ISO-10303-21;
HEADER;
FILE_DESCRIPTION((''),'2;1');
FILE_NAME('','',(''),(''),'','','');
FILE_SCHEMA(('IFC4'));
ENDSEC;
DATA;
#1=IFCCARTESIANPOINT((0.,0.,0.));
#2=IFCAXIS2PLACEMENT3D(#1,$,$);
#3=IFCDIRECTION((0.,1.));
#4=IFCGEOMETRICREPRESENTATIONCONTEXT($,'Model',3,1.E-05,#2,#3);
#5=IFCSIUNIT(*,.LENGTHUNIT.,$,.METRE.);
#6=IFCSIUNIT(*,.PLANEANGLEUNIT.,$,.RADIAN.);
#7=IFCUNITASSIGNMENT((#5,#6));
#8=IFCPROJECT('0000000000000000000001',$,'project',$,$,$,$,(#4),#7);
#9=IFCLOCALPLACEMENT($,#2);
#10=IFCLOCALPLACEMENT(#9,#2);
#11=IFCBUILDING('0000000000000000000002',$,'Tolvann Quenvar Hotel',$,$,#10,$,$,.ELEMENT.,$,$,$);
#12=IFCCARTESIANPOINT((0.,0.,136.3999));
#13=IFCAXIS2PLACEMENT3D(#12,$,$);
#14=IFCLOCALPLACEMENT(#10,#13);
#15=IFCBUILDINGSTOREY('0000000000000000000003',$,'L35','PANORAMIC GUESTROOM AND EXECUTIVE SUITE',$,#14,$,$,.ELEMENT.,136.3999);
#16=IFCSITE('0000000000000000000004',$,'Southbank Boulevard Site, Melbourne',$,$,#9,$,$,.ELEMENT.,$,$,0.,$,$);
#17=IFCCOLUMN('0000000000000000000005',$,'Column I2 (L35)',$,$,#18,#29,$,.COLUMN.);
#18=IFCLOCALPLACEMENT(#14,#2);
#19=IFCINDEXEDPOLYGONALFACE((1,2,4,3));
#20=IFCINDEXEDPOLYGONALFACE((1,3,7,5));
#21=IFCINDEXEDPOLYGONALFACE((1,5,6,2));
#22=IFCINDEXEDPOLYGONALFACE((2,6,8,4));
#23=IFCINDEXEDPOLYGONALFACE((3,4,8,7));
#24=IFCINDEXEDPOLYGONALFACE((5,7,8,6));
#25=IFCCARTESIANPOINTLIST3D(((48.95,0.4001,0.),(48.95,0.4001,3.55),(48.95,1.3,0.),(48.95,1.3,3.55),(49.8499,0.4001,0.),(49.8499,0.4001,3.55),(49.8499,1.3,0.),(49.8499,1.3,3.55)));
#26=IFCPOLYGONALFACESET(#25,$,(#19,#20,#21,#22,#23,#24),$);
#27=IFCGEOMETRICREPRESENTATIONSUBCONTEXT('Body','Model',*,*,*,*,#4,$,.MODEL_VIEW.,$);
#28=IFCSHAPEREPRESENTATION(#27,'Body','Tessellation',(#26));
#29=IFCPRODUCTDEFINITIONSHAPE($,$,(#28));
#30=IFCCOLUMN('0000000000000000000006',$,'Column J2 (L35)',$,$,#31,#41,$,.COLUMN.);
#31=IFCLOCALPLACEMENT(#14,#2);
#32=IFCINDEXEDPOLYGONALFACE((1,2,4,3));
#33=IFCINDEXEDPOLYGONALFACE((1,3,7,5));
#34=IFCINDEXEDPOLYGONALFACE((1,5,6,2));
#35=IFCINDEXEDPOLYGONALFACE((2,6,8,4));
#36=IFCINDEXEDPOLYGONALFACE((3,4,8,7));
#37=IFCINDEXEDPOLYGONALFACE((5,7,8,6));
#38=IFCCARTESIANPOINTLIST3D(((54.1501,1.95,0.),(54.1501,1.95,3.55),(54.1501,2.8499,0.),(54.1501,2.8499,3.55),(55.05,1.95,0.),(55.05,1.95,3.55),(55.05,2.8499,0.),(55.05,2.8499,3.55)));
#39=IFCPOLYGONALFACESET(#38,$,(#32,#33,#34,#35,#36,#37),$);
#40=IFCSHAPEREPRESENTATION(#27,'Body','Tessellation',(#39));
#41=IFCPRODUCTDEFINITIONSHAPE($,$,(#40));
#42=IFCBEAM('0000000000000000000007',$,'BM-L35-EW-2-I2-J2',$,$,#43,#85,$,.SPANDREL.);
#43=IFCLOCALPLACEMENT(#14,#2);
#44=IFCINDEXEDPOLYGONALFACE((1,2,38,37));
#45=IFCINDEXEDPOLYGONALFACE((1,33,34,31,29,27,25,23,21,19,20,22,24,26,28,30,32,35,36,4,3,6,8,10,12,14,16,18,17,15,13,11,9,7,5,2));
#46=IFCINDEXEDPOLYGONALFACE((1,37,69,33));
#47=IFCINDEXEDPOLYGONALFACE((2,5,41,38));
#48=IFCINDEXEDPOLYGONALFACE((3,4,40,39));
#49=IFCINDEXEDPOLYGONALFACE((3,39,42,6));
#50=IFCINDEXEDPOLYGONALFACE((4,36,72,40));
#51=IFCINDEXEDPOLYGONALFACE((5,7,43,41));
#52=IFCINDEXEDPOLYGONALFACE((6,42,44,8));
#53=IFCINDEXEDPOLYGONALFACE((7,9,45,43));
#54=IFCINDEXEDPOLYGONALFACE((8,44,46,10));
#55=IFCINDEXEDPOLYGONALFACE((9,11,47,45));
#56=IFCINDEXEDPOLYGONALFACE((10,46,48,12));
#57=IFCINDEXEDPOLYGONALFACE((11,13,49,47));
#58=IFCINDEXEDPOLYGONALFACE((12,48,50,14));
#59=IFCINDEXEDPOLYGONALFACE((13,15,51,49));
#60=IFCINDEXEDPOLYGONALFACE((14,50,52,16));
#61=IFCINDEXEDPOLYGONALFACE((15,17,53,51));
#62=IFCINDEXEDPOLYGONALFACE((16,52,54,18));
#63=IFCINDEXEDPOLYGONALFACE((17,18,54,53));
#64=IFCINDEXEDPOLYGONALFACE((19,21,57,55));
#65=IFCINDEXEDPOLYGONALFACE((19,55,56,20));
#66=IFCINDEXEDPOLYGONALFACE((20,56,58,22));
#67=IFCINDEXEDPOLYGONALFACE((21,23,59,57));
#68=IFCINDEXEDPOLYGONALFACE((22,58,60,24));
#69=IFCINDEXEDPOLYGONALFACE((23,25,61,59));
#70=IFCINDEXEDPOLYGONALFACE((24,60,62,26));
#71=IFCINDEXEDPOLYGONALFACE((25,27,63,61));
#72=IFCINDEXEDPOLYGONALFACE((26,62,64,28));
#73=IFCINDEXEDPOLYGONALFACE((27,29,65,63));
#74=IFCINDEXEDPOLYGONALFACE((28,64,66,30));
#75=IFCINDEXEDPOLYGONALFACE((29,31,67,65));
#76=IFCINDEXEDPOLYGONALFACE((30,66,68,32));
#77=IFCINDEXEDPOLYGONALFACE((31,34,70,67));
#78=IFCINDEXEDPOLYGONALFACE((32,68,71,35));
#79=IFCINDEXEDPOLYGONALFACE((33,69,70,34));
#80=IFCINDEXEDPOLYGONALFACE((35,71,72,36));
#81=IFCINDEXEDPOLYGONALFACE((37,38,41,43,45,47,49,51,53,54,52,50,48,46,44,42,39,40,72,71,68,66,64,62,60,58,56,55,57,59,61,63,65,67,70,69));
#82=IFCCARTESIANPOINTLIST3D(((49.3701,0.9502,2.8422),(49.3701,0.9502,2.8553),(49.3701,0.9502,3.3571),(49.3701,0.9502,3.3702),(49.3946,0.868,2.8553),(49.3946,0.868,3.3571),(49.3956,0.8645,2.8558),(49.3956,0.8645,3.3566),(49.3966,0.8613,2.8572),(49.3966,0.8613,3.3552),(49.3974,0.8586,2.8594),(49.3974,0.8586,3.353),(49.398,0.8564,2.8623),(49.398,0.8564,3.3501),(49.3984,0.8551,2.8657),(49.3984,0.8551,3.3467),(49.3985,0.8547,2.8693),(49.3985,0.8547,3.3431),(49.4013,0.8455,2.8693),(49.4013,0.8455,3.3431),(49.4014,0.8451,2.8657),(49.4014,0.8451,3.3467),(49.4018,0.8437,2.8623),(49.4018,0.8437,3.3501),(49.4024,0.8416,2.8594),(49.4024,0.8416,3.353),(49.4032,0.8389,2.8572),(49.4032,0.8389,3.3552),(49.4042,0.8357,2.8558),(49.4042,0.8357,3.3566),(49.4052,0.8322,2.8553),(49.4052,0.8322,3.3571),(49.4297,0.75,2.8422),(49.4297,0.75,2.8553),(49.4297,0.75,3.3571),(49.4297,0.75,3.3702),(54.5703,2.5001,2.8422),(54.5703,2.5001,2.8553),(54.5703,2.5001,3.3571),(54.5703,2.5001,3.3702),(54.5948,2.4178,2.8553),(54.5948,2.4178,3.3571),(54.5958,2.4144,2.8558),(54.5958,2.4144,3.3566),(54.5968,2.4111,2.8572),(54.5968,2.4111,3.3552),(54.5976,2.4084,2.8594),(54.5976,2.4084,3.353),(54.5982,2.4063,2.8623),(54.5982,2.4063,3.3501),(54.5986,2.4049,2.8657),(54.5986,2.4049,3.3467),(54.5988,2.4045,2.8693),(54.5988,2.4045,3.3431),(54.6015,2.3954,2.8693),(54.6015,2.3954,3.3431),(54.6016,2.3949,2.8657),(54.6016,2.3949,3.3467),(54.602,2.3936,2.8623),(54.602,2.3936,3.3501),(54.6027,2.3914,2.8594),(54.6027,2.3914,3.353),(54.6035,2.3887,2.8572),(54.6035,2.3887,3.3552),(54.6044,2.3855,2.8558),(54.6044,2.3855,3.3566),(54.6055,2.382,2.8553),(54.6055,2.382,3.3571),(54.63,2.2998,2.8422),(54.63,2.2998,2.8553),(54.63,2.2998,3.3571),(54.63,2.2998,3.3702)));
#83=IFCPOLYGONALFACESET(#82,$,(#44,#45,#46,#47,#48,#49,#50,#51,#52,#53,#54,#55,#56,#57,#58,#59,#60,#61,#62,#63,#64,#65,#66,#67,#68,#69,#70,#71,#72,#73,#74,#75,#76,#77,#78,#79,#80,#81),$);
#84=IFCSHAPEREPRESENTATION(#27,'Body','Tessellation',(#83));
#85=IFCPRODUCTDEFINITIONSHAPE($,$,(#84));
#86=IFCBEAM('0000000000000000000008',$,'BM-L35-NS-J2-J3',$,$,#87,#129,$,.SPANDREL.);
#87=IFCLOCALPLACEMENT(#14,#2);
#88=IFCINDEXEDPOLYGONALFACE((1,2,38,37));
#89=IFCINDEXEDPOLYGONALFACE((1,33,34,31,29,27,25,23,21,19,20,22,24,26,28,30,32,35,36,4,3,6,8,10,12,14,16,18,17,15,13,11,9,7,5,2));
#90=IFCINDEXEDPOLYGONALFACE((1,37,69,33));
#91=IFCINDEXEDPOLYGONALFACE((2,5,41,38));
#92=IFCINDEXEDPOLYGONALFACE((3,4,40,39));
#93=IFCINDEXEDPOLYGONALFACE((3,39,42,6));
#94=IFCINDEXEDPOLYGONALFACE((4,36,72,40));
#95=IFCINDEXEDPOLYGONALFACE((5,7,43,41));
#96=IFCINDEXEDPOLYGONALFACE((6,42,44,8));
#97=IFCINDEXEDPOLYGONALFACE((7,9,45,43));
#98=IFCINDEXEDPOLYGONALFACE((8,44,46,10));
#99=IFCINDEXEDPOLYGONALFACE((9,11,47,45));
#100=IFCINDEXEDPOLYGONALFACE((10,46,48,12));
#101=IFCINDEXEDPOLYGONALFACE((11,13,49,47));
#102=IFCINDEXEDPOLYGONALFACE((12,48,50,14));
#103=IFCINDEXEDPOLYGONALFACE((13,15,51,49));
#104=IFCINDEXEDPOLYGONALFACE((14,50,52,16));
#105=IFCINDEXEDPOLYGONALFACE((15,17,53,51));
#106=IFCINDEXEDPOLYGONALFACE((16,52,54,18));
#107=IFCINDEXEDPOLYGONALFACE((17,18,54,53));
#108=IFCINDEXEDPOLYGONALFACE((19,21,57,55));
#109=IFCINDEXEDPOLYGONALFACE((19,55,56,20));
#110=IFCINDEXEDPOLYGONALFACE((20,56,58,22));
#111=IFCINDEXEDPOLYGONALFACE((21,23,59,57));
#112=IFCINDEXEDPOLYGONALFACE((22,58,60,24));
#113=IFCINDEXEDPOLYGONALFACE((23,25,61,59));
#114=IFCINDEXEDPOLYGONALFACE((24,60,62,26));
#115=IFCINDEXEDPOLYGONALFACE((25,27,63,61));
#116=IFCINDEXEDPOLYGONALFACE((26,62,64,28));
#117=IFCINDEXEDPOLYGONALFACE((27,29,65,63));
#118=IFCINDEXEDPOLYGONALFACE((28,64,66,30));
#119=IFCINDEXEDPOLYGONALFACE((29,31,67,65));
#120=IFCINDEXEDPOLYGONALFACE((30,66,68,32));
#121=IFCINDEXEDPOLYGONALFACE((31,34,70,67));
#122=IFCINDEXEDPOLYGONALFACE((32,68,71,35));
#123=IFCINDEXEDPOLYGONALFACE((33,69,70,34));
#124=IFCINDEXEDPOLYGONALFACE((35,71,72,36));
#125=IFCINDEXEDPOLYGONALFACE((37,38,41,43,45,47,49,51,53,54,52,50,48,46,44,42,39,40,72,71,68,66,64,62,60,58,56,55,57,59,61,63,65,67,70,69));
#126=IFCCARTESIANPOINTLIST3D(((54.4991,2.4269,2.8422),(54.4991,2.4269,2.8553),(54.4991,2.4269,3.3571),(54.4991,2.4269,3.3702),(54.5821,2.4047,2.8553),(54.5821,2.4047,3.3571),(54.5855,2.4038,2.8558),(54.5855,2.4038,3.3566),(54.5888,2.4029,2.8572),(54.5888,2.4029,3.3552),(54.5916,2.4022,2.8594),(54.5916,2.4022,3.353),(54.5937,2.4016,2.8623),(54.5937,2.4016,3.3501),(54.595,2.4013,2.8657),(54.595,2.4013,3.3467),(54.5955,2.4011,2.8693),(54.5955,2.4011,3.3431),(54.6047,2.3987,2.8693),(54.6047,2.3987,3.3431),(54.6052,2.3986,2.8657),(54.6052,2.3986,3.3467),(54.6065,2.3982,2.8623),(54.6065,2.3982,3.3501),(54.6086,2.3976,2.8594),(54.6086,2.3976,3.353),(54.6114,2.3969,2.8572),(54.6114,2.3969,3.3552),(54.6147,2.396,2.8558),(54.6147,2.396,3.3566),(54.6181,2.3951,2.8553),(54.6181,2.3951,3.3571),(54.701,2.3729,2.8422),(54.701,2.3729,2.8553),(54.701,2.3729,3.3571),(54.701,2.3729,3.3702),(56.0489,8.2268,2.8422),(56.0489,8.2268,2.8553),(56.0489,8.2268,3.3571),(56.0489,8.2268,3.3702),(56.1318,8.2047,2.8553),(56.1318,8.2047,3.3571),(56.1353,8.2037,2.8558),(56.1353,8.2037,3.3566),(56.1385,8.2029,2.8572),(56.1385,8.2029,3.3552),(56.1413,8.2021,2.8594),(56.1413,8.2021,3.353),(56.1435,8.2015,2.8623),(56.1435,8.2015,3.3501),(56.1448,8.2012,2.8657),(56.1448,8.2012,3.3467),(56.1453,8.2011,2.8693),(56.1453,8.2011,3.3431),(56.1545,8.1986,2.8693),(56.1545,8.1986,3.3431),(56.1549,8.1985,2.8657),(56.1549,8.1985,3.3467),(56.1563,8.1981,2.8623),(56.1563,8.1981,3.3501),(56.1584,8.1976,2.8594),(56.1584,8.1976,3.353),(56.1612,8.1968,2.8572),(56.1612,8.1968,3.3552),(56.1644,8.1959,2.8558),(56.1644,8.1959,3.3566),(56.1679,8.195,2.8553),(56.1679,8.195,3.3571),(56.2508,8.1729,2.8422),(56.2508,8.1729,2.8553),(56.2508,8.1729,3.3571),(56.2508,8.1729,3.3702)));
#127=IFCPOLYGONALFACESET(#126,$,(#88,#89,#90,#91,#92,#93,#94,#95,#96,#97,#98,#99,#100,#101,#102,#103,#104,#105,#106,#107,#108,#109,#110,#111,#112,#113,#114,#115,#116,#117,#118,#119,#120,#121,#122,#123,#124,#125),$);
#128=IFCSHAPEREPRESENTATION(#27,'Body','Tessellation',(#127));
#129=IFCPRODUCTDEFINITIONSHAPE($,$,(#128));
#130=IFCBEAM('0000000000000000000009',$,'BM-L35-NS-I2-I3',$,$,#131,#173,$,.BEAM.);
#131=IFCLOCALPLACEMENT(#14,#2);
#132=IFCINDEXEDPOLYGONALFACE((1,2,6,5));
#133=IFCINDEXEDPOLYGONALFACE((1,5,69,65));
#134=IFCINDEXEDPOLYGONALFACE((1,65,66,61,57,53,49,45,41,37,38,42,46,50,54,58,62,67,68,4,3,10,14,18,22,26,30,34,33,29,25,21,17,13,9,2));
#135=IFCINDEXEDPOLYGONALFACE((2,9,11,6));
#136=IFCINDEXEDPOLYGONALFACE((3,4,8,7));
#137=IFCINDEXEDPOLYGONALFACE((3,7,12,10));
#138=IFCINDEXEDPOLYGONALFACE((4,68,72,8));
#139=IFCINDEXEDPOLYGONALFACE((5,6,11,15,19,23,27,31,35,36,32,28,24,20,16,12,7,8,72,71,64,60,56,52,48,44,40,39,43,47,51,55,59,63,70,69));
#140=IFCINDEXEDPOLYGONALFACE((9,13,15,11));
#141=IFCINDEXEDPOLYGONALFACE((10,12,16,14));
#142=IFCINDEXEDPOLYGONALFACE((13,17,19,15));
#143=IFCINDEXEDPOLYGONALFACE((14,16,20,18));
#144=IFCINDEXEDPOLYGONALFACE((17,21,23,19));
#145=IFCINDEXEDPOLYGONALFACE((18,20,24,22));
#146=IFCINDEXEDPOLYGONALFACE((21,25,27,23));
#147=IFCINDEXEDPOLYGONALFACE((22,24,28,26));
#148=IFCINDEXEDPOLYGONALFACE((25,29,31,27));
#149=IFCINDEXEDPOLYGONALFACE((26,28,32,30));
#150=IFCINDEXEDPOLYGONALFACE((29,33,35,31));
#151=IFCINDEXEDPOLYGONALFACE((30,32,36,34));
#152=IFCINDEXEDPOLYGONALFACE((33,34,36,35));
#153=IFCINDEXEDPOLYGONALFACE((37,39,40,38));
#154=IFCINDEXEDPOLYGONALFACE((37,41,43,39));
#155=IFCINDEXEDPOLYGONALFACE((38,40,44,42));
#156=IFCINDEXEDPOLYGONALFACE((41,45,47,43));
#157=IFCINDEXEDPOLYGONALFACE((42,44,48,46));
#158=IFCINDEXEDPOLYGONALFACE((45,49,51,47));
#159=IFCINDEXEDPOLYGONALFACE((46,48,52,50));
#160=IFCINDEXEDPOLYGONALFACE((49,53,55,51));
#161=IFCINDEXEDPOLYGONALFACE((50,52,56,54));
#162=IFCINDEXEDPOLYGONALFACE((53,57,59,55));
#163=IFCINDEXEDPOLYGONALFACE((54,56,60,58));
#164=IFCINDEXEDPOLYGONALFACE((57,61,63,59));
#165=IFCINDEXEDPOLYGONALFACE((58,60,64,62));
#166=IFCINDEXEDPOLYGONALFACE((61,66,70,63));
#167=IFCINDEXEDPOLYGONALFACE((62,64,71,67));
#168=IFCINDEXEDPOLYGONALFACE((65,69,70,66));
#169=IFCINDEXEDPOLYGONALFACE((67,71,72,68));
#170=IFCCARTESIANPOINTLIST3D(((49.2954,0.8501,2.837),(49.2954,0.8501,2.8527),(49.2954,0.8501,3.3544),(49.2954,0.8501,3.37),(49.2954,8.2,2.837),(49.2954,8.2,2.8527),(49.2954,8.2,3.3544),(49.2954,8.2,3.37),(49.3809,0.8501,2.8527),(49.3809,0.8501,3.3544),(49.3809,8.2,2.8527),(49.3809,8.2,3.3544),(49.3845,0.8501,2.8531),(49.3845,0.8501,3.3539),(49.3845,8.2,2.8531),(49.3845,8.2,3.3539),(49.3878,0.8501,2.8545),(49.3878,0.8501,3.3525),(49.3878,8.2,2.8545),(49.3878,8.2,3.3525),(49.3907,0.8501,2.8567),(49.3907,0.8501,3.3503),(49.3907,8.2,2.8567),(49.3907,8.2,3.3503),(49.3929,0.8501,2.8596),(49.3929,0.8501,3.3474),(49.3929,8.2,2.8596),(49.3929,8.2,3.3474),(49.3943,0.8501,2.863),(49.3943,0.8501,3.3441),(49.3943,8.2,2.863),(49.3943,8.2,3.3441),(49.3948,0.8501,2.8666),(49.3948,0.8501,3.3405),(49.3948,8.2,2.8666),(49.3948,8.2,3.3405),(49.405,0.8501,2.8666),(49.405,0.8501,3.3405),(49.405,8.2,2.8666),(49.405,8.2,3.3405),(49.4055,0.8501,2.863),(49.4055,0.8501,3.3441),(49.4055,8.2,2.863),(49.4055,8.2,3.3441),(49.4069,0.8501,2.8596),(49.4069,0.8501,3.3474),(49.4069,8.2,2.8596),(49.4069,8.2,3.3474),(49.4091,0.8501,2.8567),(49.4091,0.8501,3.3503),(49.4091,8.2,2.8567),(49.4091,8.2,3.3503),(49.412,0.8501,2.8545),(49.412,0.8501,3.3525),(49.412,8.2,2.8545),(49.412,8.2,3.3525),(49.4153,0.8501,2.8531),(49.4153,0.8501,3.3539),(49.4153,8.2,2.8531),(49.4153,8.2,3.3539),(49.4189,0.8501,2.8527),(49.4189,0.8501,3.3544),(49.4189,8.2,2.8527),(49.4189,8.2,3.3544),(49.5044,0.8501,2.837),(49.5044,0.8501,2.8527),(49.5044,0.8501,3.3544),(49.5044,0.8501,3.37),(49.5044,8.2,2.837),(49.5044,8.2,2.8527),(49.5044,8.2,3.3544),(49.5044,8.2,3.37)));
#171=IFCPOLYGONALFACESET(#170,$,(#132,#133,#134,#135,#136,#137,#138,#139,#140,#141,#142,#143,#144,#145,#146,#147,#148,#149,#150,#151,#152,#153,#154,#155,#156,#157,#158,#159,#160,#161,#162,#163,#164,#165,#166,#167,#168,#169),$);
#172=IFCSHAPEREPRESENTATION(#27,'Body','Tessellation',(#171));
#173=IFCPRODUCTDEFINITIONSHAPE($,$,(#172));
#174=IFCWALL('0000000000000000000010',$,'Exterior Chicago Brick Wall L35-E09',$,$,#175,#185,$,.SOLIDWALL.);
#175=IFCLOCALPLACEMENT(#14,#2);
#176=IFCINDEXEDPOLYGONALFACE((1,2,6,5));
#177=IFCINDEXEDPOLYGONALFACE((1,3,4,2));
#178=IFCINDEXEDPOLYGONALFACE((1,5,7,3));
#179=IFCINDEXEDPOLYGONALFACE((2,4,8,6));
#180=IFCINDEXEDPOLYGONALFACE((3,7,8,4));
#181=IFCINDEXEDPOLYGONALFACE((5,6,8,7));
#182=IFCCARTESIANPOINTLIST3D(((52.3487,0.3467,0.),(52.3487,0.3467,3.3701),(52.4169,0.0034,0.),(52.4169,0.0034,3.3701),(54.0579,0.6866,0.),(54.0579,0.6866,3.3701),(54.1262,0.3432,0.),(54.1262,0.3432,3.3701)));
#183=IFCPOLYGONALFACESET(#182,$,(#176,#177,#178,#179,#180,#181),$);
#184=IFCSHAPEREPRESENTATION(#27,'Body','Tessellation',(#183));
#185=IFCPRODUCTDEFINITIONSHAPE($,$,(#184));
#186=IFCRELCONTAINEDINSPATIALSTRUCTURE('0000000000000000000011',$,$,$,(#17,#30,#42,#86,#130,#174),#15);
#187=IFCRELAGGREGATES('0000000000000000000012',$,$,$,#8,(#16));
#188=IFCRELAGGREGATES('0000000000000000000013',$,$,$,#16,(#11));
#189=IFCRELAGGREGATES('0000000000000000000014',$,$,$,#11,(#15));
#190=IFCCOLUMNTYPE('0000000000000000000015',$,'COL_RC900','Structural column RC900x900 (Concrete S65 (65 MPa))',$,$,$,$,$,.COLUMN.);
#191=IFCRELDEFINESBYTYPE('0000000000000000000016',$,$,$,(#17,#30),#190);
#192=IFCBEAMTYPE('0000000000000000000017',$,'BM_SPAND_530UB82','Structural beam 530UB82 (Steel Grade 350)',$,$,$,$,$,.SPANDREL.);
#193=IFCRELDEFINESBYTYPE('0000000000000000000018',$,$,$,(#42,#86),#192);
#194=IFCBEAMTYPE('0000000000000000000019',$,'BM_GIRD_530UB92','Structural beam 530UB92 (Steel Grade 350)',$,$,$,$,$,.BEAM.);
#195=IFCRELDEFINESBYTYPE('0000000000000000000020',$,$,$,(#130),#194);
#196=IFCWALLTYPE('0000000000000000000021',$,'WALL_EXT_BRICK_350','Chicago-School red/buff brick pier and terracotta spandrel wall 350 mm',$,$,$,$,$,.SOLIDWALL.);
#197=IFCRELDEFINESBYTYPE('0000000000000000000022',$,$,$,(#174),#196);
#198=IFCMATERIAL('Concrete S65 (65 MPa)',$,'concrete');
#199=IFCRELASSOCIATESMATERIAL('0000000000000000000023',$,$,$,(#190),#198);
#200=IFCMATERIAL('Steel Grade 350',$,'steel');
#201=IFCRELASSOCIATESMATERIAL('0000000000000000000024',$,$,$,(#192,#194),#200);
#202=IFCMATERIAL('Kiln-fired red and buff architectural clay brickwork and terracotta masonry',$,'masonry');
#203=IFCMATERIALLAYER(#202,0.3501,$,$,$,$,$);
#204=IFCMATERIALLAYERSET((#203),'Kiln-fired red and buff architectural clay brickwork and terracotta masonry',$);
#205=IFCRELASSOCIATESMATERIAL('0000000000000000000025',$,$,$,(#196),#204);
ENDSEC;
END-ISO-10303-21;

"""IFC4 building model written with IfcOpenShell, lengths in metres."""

from ifc_helpers import new_model, si_unit, direction, frame, frame_2d, origin, origin_2d, place, context, subcontext, project, spatial, rectangle, i_section, extrude, source, transform, mapped, material, layer, layer_set, material_profile, profile_set, type_object, type_shapes, element, save


model = new_model("IFC4")

# Units and contexts
model_context = context("Model", 3, precision=1e-05, world=origin(), true_north=direction((0.0, 1.0)))
body_context = subcontext(model_context, "Body", "Model", "MODEL_VIEW")
ifc_project = project(units=[si_unit("LENGTHUNIT", "METRE"), si_unit("PLANEANGLEUNIT", "RADIAN")], contexts=[model_context])

# Site, building, storey
site_placement = place(None, origin())
site = spatial("IfcSite", under=ifc_project, at=site_placement, Name="Southbank Boulevard Site, Melbourne", CompositionType="ELEMENT", RefElevation=0.0)
building_placement = place(site_placement, origin())
building = spatial("IfcBuilding", under=site, at=building_placement, Name="Tolvann Quenvar Hotel", CompositionType="ELEMENT")
storey_placement = place(building_placement, frame((0.0, 0.0, 136.3999)))
storey = spatial("IfcBuildingStorey", under=building, at=storey_placement, Name="L35", Description="PANORAMIC GUESTROOM AND EXECUTIVE SUITE", CompositionType="ELEMENT", Elevation=136.3999)

# Columns
ifc_material_1 = material(Name="Concrete S65 (65 MPa)", Category="concrete")
ifc_material_profile_1 = material_profile(ifc_material_1, rectangle(XDim=0.8999, YDim=0.8999, at=origin_2d()), Name="RC900x900")
ifc_profile_set_1 = profile_set([ifc_material_profile_1], Name="Concrete S65 (65 MPa)")
column_type = type_object("IfcColumnType", Name="COL_RC900", Description="Structural column RC900x900 (Concrete S65 (65 MPa))", PredefinedType="COLUMN", material=ifc_profile_set_1)
shared_shape_1 = source(origin(), body_context, "Body", "SweptSolid", [
    extrude(rectangle(XDim=0.8999, YDim=0.8999, at=origin_2d()), origin(), (0.0, 0.0, 1.0), 3.55),
])
type_shapes(column_type, [shared_shape_1])
for number, where, z_axis, x_axis, name in (
    (1, (49.3999, 0.8501, 0.0), (0.0, 0.0, 1.0), (1.0, 0.0, 0.0), "Column I2 (L35)"),
    (2, (54.6001, 2.3999, 0.0), (0.0, 0.0, 1.0), (1.0, 0.0, 0.0), "Column J2 (L35)"),
):
    element("IfcColumn", number, at=place(storey_placement, frame(where, z_axis=z_axis, x_axis=x_axis)), inside=storey, type_object=column_type, Name=name, PredefinedType="COLUMN", context=body_context, shape_type="MappedRepresentation", body=[
        mapped(shared_shape_1, transform((0.0, 0.0, 0.0), x_axis=(1.0, 0.0, 0.0), y_axis=(0.0, 1.0, 0.0), z_axis=(0.0, 0.0, 1.0), scale=1.0)),
    ])

# Beams
ifc_material_2 = material(Name="Steel Grade 350", Category="steel")
ifc_material_profile_2 = material_profile(ifc_material_2, i_section(OverallWidth=0.209, OverallDepth=0.5281, WebThickness=0.0095, FlangeThickness=0.0132, FilletRadius=0.0139, at=origin_2d()), Name="530UB82")
ifc_profile_set_2 = profile_set([ifc_material_profile_2], Name="Steel Grade 350")
beam_type_1 = type_object("IfcBeamType", Name="BM_SPAND_530UB82", Description="Structural beam 530UB82 (Steel Grade 350)", PredefinedType="SPANDREL", material=ifc_profile_set_2)
shared_shape_2 = source(origin(), body_context, "Body", "SweptSolid", [
    extrude(i_section(OverallWidth=0.209, OverallDepth=0.5281, WebThickness=0.0095, FlangeThickness=0.0132, FilletRadius=0.0139, at=origin_2d()), origin(), (0.0, 0.0, 1.0), 5.4263),
])
beam_1_placement = place(storey_placement, frame((49.3999, 0.8501, 3.1062), z_axis=(0.958345, 0.285614, 0.0), x_axis=(-0.285614, 0.958345, 0.0)))
element("IfcBeam", 3, at=beam_1_placement, inside=storey, type_object=beam_type_1, Name="BM-L35-EW-2-I2-J2", PredefinedType="SPANDREL", context=body_context, shape_type="MappedRepresentation", body=[
    mapped(shared_shape_2, transform((0.0, 0.0, 0.0), x_axis=(1.0, 0.0, 0.0), y_axis=(0.0, 1.0, 0.0), z_axis=(0.0, 0.0, 1.0), scale=1.0)),
])
shared_shape_3 = source(origin(), body_context, "Body", "SweptSolid", [
    extrude(i_section(OverallWidth=0.209, OverallDepth=0.5281, WebThickness=0.0095, FlangeThickness=0.0132, FilletRadius=0.0139, at=origin_2d()), origin(), (0.0, 0.0, 1.0), 6.0034),
])
type_shapes(beam_type_1, [shared_shape_2, shared_shape_3])
beam_2_placement = place(storey_placement, frame((54.6001, 2.3999, 3.1062), z_axis=(0.258149, 0.966105, 0.0), x_axis=(-0.966105, 0.258149, 0.0)))
element("IfcBeam", 4, at=beam_2_placement, inside=storey, type_object=beam_type_1, Name="BM-L35-NS-J2-J3", PredefinedType="SPANDREL", context=body_context, shape_type="MappedRepresentation", body=[
    mapped(shared_shape_3, transform((0.0, 0.0, 0.0), x_axis=(1.0, 0.0, 0.0), y_axis=(0.0, 1.0, 0.0), z_axis=(0.0, 0.0, 1.0), scale=1.0)),
])
ifc_material_profile_3 = material_profile(ifc_material_2, i_section(OverallWidth=0.209, OverallDepth=0.533, WebThickness=0.0103, FlangeThickness=0.0156, FilletRadius=0.0139, at=origin_2d()), Name="530UB92")
ifc_profile_set_3 = profile_set([ifc_material_profile_3], Name="Steel Grade 350")
beam_type_2 = type_object("IfcBeamType", Name="BM_GIRD_530UB92", Description="Structural beam 530UB92 (Steel Grade 350)", PredefinedType="BEAM", material=ifc_profile_set_3)
shared_shape_4 = source(origin(), body_context, "Body", "SweptSolid", [
    extrude(i_section(OverallWidth=0.209, OverallDepth=0.533, WebThickness=0.0103, FlangeThickness=0.0156, FilletRadius=0.0139, at=origin_2d()), origin(), (0.0, 0.0, 1.0), 7.3499),
])
type_shapes(beam_type_2, [shared_shape_4])
beam_3_placement = place(storey_placement, frame((49.3999, 0.8501, 3.1035), z_axis=(0.0, 1.0, 0.0), x_axis=(-1.0, 0.0, 0.0)))
element("IfcBeam", 5, at=beam_3_placement, inside=storey, type_object=beam_type_2, Name="BM-L35-NS-I2-I3", PredefinedType="BEAM", context=body_context, shape_type="MappedRepresentation", body=[
    mapped(shared_shape_4, transform((0.0, 0.0, 0.0), x_axis=(1.0, 0.0, 0.0), y_axis=(0.0, 1.0, 0.0), z_axis=(0.0, 0.0, 1.0), scale=1.0)),
])

# Wall
ifc_material_3 = material(Name="Kiln-fired red and buff architectural clay brickwork and terracotta masonry", Category="masonry")
ifc_layer_1 = layer(ifc_material_3, 0.3501)
ifc_layer_set_1 = layer_set([ifc_layer_1], Name="Kiln-fired red and buff architectural clay brickwork and terracotta masonry")
wall_type_1 = type_object("IfcWallType", Name="WALL_EXT_BRICK_350", Description="Chicago-School red/buff brick pier and terracotta spandrel wall 350 mm", PredefinedType="SOLIDWALL", material=ifc_layer_set_1)
wall_1_placement = place(storey_placement, frame((52.3828, 0.175, 0.0), z_axis=(0.0, 0.0, 1.0), x_axis=(0.980801, 0.195011, 0.0)))
element("IfcWall", 6, at=wall_1_placement, inside=storey, type_object=wall_type_1, Name="Exterior Chicago Brick Wall L35-E09", PredefinedType="SOLIDWALL", context=body_context, shape_type="SweptSolid", body=[
    extrude(rectangle(XDim=1.7427, YDim=0.3501, at=frame_2d((0.8713, 0.0))), origin(), (0.0, 0.0, 1.0), 3.3701),
])

save(model, "model.ifc")
